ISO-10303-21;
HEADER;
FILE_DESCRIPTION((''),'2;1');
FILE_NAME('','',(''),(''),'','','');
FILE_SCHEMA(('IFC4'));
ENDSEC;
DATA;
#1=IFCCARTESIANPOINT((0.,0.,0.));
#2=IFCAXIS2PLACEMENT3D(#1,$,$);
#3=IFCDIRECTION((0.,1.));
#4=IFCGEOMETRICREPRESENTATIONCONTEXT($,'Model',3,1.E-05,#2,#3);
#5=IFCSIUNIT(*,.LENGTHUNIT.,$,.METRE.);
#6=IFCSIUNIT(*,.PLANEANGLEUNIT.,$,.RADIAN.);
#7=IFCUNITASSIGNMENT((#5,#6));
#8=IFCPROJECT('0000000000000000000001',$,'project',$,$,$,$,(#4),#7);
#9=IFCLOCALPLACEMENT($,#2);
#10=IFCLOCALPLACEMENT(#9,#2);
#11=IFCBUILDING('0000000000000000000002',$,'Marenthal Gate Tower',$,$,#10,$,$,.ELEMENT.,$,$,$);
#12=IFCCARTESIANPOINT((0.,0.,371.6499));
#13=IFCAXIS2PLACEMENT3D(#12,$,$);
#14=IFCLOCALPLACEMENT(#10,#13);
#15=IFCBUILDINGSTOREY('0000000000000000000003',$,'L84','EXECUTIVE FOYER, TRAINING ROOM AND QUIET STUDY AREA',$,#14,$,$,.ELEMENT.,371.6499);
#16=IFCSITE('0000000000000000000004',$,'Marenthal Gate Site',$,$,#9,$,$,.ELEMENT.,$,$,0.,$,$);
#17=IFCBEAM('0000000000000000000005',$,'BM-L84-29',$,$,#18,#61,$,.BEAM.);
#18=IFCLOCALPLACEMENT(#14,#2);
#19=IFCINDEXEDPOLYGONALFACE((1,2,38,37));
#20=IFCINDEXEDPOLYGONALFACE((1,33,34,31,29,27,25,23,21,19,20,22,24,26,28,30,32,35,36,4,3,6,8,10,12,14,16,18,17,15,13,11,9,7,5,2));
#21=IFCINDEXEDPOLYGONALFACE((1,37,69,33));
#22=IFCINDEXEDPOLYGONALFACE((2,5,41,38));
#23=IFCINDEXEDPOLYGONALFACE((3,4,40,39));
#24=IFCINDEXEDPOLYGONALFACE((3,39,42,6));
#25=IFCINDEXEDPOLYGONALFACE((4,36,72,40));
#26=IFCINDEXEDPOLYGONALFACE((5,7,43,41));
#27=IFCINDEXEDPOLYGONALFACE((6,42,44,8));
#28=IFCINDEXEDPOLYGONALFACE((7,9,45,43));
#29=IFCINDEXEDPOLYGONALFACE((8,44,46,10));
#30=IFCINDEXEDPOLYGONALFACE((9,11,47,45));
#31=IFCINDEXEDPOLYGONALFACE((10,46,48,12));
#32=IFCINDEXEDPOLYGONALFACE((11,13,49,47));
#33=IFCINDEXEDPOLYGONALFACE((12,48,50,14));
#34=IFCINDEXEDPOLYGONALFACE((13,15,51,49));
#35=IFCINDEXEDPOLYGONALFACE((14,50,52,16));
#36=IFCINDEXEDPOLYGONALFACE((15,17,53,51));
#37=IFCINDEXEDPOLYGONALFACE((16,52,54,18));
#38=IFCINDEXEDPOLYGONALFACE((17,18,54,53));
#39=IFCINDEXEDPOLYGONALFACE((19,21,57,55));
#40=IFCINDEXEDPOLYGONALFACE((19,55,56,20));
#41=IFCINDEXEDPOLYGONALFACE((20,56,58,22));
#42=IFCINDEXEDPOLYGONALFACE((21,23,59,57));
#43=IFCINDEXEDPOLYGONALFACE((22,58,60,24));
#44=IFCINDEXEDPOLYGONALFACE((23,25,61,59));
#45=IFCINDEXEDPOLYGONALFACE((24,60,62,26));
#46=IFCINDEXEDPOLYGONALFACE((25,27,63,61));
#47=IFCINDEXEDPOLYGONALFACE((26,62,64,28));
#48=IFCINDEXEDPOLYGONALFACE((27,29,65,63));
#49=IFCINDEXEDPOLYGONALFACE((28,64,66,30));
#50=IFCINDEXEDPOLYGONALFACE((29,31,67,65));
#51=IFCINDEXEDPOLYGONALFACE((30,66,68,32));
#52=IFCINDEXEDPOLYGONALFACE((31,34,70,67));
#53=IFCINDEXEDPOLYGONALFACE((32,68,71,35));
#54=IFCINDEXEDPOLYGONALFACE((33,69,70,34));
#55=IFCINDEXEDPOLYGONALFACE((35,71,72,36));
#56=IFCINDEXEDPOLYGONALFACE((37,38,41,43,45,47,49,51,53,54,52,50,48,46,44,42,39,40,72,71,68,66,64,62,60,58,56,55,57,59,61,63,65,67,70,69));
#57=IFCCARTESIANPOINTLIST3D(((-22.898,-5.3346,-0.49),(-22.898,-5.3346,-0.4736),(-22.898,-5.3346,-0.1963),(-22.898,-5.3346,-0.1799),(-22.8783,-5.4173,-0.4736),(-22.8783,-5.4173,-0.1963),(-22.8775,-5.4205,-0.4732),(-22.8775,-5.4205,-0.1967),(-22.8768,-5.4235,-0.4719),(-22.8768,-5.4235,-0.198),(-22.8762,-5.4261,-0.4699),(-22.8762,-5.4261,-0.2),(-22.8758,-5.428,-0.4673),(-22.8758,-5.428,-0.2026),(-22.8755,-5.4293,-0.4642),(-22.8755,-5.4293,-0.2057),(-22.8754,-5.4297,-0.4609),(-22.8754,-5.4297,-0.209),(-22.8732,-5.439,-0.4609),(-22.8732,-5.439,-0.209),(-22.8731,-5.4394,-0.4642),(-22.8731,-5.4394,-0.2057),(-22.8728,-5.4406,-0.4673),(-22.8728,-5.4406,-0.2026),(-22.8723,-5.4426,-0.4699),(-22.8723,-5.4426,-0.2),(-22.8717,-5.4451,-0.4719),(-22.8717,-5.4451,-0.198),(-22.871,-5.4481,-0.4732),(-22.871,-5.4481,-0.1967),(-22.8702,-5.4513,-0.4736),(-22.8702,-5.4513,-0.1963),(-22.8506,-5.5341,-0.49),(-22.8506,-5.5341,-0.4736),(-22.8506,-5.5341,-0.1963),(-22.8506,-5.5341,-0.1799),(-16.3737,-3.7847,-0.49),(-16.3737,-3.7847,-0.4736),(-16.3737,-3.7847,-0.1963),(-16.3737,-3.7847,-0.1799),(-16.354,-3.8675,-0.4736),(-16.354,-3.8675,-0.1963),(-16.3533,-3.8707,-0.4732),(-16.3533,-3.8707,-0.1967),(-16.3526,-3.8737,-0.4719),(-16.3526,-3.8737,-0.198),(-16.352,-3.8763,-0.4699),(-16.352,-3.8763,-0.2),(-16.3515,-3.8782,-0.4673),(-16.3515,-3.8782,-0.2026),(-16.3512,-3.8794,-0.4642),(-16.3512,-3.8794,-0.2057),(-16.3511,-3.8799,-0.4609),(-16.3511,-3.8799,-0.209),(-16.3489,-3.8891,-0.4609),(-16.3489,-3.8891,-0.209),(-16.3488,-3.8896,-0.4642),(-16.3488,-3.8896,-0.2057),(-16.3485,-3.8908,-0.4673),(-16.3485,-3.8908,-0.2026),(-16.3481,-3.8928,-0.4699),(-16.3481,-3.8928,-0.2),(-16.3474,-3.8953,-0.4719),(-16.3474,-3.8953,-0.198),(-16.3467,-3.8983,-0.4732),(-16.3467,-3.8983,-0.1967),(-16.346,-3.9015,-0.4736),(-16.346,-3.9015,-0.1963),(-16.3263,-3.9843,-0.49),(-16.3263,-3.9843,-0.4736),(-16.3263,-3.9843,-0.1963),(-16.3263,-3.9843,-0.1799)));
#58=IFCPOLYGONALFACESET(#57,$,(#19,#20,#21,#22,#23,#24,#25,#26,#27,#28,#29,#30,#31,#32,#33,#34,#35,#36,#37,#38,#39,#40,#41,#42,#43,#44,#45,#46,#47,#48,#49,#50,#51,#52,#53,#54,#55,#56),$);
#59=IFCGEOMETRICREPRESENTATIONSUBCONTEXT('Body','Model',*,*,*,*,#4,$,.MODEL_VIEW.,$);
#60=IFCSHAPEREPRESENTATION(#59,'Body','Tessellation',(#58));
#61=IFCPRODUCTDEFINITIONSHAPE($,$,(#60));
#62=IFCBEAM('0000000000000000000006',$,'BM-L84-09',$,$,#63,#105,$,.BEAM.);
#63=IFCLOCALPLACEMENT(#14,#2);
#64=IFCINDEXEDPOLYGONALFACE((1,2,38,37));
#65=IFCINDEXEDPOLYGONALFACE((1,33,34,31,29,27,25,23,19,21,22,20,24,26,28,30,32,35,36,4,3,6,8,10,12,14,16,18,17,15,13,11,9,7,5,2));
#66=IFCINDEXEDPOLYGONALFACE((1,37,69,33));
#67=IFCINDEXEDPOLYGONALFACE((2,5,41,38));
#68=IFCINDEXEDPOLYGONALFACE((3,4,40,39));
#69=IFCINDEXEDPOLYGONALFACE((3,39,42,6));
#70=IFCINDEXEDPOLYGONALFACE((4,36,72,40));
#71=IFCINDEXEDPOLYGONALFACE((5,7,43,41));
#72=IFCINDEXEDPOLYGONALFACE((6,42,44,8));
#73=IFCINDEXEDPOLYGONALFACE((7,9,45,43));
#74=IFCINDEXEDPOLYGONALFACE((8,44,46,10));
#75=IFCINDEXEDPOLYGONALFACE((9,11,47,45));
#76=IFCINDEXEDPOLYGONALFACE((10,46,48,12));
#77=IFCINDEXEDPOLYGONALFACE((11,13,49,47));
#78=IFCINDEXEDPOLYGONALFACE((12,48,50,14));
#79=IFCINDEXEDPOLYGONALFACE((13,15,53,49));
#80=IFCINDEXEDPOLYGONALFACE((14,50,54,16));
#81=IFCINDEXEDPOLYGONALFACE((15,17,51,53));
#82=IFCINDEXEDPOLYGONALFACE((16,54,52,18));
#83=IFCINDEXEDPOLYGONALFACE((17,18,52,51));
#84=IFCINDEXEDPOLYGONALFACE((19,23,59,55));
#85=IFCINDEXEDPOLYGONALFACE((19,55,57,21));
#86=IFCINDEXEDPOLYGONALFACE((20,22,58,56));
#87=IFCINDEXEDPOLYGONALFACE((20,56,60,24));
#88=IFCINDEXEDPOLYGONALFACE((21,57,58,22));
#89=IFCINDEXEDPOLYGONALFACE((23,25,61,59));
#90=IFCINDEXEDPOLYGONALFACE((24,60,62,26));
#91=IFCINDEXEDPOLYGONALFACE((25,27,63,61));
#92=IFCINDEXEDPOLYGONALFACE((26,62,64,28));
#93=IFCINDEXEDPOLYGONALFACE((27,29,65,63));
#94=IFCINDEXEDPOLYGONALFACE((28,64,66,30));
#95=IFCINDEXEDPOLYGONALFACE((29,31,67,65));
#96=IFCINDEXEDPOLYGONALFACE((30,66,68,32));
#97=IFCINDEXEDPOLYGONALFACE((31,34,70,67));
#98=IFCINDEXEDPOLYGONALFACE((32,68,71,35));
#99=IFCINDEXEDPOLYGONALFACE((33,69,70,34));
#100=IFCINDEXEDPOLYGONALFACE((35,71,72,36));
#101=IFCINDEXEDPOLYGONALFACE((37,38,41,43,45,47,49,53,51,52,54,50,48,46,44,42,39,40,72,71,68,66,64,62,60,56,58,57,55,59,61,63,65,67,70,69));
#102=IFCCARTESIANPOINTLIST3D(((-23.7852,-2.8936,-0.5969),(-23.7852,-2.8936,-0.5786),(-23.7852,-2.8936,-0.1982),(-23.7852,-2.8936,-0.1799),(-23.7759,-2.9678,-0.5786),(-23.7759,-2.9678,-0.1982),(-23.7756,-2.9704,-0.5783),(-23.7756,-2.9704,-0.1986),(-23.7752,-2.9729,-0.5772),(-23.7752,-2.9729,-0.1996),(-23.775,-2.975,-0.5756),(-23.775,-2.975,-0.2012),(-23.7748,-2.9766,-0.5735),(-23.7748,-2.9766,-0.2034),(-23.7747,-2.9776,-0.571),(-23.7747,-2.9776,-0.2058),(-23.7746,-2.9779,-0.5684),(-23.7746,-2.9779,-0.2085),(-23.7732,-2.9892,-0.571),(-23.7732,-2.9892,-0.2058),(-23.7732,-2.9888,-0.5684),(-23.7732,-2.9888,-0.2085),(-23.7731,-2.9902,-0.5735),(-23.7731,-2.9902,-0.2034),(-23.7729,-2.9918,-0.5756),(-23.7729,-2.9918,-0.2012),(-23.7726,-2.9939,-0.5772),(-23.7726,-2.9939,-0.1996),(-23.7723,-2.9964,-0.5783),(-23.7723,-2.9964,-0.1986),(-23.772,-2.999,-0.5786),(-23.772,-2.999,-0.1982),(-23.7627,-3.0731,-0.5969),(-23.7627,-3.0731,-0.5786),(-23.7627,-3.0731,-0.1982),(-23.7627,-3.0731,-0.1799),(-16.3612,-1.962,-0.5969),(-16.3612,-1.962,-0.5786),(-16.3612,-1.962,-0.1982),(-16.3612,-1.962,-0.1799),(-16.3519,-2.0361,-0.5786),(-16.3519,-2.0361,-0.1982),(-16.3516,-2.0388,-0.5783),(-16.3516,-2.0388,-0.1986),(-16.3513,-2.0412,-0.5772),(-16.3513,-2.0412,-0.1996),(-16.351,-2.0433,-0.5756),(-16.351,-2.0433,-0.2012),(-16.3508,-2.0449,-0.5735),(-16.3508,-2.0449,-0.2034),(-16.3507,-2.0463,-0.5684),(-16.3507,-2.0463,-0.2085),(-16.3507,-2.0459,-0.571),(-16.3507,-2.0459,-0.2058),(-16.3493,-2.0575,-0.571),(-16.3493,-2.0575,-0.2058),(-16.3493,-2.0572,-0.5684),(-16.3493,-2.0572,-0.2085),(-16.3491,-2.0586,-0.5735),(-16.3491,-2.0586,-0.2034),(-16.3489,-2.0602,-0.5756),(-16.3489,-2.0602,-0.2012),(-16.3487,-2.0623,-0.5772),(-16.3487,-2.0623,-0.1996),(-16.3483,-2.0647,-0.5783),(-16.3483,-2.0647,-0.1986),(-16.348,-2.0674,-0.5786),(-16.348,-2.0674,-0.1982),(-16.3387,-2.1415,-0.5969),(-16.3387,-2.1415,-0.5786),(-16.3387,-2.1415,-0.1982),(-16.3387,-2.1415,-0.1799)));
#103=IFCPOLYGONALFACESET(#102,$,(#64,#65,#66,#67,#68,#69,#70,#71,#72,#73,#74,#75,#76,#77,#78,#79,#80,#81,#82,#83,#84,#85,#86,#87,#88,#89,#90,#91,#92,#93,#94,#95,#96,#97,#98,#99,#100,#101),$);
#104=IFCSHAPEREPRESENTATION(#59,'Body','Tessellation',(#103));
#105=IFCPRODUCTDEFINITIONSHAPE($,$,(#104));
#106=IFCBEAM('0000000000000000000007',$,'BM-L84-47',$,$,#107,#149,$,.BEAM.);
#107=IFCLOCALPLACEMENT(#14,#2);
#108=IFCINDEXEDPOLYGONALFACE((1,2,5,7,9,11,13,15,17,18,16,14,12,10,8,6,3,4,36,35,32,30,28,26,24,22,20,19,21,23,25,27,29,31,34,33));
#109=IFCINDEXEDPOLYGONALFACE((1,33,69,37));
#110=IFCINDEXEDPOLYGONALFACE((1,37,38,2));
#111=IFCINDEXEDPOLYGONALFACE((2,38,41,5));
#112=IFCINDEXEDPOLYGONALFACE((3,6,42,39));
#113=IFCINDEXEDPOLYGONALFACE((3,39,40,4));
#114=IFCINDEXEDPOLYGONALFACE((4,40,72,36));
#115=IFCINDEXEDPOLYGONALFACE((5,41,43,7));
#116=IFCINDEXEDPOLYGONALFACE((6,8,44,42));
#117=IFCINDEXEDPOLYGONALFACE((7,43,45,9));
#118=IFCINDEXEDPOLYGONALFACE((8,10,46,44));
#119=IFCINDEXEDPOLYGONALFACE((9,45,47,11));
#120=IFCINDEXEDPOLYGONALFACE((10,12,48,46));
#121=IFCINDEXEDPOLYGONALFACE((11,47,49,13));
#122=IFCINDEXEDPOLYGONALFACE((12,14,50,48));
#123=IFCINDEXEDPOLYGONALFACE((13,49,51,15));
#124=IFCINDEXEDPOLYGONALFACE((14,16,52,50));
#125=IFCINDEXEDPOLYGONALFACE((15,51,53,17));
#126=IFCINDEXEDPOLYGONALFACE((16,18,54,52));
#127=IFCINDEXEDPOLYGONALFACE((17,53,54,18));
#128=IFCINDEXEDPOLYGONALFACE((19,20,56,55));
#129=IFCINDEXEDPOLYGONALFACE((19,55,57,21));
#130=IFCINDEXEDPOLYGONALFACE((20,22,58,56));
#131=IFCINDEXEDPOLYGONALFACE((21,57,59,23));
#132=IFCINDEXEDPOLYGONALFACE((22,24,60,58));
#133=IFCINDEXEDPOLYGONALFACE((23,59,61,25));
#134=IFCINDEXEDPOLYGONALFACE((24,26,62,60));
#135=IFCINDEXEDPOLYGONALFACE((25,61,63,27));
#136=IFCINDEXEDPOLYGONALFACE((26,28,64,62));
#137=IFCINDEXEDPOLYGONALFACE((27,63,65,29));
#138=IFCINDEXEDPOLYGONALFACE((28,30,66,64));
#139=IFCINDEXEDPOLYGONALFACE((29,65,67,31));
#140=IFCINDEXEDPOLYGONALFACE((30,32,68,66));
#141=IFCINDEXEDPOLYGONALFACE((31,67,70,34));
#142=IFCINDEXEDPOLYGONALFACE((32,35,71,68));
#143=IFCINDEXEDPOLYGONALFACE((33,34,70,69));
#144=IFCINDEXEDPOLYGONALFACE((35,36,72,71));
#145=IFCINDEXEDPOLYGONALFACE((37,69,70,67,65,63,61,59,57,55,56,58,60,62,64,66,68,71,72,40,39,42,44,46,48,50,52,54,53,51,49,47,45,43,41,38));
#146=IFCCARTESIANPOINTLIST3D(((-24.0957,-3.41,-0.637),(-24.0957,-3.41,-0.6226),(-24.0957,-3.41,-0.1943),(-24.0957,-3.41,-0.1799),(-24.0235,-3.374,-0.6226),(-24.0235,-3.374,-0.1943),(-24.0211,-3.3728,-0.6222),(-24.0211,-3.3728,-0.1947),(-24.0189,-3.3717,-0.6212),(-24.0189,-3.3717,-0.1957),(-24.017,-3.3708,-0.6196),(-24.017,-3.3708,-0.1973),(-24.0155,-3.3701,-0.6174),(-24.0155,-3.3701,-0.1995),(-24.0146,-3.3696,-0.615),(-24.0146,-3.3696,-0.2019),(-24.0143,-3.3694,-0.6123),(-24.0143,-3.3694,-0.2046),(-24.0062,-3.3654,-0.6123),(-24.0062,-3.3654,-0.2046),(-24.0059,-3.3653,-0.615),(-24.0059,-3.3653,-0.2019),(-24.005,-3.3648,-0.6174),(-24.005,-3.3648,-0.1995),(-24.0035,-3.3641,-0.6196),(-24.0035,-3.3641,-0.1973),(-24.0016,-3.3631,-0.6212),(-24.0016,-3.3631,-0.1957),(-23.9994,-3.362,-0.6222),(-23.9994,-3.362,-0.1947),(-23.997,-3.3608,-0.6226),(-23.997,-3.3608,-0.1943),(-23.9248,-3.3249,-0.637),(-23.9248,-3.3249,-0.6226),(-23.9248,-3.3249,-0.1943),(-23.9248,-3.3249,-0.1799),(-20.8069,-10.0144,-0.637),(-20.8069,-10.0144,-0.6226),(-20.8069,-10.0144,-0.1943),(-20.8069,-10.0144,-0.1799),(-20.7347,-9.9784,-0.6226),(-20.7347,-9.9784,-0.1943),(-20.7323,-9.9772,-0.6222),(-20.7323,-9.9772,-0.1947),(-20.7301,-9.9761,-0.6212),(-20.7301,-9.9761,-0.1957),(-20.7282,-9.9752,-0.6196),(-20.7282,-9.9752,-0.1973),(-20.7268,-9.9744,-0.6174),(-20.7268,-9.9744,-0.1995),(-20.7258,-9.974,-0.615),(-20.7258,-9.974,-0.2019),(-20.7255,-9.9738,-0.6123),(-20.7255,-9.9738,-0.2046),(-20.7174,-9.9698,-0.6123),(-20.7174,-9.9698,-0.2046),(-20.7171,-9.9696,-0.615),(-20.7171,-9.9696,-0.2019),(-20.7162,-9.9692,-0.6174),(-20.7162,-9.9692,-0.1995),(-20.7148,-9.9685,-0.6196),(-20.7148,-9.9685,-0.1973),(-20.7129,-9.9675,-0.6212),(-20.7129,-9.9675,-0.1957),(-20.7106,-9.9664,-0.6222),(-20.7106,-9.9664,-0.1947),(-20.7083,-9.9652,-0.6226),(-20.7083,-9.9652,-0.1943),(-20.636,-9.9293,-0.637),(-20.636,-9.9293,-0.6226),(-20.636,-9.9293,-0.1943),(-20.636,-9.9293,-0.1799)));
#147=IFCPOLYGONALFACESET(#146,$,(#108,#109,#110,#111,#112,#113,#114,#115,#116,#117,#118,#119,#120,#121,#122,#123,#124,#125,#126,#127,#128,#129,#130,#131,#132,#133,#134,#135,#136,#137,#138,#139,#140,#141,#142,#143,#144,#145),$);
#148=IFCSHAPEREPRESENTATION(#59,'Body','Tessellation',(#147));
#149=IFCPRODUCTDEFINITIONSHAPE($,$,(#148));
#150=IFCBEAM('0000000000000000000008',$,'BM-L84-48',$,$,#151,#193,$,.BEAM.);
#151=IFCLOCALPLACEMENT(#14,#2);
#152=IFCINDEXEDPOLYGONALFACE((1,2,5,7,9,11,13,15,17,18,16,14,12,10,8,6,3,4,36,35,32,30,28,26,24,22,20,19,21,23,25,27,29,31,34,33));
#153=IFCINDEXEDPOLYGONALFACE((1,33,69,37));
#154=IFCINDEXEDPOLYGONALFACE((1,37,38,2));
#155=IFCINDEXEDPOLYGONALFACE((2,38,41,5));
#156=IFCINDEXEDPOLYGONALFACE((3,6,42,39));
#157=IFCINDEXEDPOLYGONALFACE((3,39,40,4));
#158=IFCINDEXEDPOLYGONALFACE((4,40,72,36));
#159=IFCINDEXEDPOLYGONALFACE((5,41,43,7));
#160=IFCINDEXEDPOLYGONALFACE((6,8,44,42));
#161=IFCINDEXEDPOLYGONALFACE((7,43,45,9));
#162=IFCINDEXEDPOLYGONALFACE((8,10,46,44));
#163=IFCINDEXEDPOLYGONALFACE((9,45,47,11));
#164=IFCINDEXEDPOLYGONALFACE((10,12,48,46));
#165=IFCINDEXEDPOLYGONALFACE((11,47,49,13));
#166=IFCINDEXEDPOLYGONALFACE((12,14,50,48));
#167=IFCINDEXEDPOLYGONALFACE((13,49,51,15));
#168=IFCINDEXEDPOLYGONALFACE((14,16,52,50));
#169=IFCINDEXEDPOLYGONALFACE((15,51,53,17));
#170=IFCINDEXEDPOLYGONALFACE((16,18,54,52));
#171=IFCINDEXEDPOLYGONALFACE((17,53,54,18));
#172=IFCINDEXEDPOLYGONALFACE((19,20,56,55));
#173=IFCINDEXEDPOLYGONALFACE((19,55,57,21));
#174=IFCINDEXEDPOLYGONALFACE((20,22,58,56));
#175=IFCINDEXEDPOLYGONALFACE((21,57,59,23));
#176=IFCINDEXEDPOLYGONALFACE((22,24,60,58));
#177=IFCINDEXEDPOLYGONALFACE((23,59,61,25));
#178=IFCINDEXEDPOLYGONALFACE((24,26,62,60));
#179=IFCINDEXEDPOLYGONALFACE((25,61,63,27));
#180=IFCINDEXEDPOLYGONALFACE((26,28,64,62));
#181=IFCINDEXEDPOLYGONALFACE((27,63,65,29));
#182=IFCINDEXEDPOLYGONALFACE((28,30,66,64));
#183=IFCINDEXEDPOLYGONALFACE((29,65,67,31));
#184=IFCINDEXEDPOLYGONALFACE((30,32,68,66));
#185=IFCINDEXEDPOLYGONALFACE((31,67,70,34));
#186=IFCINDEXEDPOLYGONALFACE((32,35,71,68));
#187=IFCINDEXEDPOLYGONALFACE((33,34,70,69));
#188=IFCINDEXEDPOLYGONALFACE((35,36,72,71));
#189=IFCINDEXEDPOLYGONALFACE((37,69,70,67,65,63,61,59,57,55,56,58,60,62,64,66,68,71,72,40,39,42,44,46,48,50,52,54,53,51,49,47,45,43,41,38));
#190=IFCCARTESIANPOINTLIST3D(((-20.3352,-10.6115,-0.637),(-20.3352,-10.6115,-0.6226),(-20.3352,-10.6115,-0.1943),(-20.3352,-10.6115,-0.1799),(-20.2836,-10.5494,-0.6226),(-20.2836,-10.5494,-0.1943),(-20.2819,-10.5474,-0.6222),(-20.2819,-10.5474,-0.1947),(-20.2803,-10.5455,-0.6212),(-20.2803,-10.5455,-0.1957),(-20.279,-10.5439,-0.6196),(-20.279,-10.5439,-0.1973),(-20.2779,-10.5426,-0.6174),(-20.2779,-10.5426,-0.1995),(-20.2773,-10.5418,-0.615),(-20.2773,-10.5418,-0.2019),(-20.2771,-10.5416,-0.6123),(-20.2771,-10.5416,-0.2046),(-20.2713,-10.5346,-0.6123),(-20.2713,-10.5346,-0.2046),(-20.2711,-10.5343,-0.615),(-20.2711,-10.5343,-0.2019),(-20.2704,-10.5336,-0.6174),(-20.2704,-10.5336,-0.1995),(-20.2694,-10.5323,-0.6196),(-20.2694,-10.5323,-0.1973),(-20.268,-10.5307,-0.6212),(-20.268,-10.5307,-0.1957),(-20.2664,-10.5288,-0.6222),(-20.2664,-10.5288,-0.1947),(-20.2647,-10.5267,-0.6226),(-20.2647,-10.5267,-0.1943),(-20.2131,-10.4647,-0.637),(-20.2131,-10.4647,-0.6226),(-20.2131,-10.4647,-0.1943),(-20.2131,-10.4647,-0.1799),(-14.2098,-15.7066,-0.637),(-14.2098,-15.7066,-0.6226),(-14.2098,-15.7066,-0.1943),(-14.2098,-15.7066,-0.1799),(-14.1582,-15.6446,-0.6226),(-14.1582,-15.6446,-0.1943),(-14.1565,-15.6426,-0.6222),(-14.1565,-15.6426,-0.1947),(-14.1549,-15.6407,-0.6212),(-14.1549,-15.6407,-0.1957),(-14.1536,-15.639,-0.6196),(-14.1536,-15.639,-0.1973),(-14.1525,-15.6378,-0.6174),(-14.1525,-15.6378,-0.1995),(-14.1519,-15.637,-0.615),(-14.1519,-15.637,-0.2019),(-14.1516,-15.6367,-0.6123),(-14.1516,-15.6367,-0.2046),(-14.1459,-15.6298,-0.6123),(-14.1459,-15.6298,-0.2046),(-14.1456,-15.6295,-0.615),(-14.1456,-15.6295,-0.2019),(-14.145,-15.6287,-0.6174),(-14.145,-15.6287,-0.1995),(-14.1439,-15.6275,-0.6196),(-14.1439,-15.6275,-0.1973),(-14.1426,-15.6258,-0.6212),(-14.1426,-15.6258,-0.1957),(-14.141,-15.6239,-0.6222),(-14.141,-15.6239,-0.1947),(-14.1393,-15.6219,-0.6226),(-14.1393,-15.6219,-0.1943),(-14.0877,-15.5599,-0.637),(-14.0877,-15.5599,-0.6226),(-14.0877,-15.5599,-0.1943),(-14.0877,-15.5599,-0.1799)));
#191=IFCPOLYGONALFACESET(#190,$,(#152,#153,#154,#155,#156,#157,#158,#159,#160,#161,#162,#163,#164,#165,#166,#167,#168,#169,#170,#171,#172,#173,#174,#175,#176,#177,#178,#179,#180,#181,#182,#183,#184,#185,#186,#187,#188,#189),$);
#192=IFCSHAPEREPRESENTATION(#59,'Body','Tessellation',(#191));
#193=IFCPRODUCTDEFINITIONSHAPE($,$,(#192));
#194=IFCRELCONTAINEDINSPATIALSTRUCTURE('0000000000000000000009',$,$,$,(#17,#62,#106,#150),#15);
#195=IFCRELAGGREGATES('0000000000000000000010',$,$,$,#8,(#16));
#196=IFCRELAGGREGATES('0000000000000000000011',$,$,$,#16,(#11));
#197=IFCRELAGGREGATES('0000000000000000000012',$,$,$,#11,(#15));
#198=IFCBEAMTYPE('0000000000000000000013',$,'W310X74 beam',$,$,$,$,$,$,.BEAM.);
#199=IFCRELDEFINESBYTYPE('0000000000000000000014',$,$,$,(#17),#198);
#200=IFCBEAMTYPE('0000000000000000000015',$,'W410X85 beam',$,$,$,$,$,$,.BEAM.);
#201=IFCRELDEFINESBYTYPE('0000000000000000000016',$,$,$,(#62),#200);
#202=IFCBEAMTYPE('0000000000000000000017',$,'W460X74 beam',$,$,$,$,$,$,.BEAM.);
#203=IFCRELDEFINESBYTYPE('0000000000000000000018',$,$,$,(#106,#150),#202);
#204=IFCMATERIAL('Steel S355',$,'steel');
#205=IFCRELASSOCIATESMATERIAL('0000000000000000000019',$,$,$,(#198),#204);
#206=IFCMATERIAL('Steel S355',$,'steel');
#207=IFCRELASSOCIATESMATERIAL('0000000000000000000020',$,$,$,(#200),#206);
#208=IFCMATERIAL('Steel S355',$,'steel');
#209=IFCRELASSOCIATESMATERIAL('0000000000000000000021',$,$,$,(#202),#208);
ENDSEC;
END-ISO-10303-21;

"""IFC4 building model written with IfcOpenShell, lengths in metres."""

from ifc_helpers import new_model, si_unit, direction, frame, origin, origin_2d, place, context, subcontext, project, spatial, i_section, extrude, material, material_profile, profile_set, type_object, element, save


model = new_model("IFC4")

# Units and contexts
model_context = context("Model", 3, precision=1e-05, world=origin(), true_north=direction((0.0, 1.0)))
body_context = subcontext(model_context, "Body", "Model", "MODEL_VIEW")
ifc_project = project(units=[si_unit("LENGTHUNIT", "METRE"), si_unit("PLANEANGLEUNIT", "RADIAN")], contexts=[model_context])

# Site, building, storey
site_placement = place(None, origin())
site = spatial("IfcSite", under=ifc_project, at=site_placement, Name="Marenthal Gate Site", CompositionType="ELEMENT", RefElevation=0.0)
building_placement = place(site_placement, origin())
building = spatial("IfcBuilding", under=site, at=building_placement, Name="Marenthal Gate Tower", CompositionType="ELEMENT")
storey_placement = place(building_placement, frame((0.0, 0.0, 371.6499)))
storey = spatial("IfcBuildingStorey", under=building, at=storey_placement, Name="L84", Description="EXECUTIVE FOYER, TRAINING ROOM AND QUIET STUDY AREA", CompositionType="ELEMENT", Elevation=371.6499)

# Beams
ifc_material_1 = material(Name="Steel S355", Category="steel")
ifc_material_profile_1 = material_profile(ifc_material_1, i_section(OverallWidth=0.2051, OverallDepth=0.3101, WebThickness=0.0095, FlangeThickness=0.0164, FilletRadius=0.0127, at=origin_2d()), Name="W310X74")
ifc_profile_set_1 = profile_set([ifc_material_profile_1], Name="Steel S355")
beam_type_1 = type_object("IfcBeamType", Name="W310X74 beam", PredefinedType="BEAM", material=ifc_profile_set_1)
beam_1_placement = place(storey_placement, frame((-22.8743, -5.4343, -0.335), z_axis=(0.972926, 0.231117, 0.0), x_axis=(-0.231117, 0.972926, 0.0)))
element("IfcBeam", 1, at=beam_1_placement, inside=storey, type_object=beam_type_1, Name="BM-L84-29", PredefinedType="BEAM", context=body_context, shape_type="SweptSolid", body=[
    extrude(i_section(OverallWidth=0.2051, OverallDepth=0.3101, WebThickness=0.0095, FlangeThickness=0.0164, FilletRadius=0.0127, at=origin_2d()), origin(), (0.0, 0.0, 1.0), 6.7058),
])
ifc_material_2 = material(Name="Steel S355", Category="steel")
ifc_material_profile_2 = material_profile(ifc_material_2, i_section(OverallWidth=0.1809, OverallDepth=0.417, WebThickness=0.011, FlangeThickness=0.0183, FilletRadius=0.0103, at=origin_2d()), Name="W410X85")
ifc_profile_set_2 = profile_set([ifc_material_profile_2], Name="Steel S355")
beam_type_2 = type_object("IfcBeamType", Name="W410X85 beam", PredefinedType="BEAM", material=ifc_profile_set_2)
beam_2_placement = place(storey_placement, frame((-23.7739, -2.9834, -0.3884), z_axis=(0.992218, 0.124517, 0.0), x_axis=(-0.124517, 0.992218, 0.0)))
element("IfcBeam", 2, at=beam_2_placement, inside=storey, type_object=beam_type_2, Name="BM-L84-09", PredefinedType="BEAM", context=body_context, shape_type="SweptSolid", body=[
    extrude(i_section(OverallWidth=0.1809, OverallDepth=0.417, WebThickness=0.011, FlangeThickness=0.0183, FilletRadius=0.0103, at=origin_2d()), origin(), (0.0, 0.0, 1.0), 7.4822),
])
ifc_material_3 = material(Name="Steel S355", Category="steel")
ifc_material_profile_3 = material_profile(ifc_material_3, i_section(OverallWidth=0.1909, OverallDepth=0.457, WebThickness=0.009, FlangeThickness=0.0144, FilletRadius=0.0103, at=origin_2d()), Name="W460X74")
ifc_profile_set_3 = profile_set([ifc_material_profile_3], Name="Steel S355")
beam_type_3 = type_object("IfcBeamType", Name="W460X74 beam", PredefinedType="BEAM", material=ifc_profile_set_3)
beam_3_placement = place(storey_placement, frame((-24.0103, -3.3674, -0.4084), z_axis=(0.445757, -0.895154, 0.0), x_axis=(0.895154, 0.445757, 0.0)))
element("IfcBeam", 3, at=beam_3_placement, inside=storey, type_object=beam_type_3, Name="BM-L84-47", PredefinedType="BEAM", context=body_context, shape_type="SweptSolid", body=[
    extrude(i_section(OverallWidth=0.1909, OverallDepth=0.457, WebThickness=0.009, FlangeThickness=0.0144, FilletRadius=0.0103, at=origin_2d()), origin(), (0.0, 0.0, 1.0), 7.3779),
])
beam_4_placement = place(storey_placement, frame((-20.2742, -10.5381, -0.4084), z_axis=(0.768799, -0.639491, 0.0), x_axis=(0.639491, 0.768799, 0.0)))
element("IfcBeam", 4, at=beam_4_placement, inside=storey, type_object=beam_type_3, Name="BM-L84-48", PredefinedType="BEAM", context=body_context, shape_type="SweptSolid", body=[
    extrude(i_section(OverallWidth=0.1909, OverallDepth=0.457, WebThickness=0.009, FlangeThickness=0.0144, FilletRadius=0.0103, at=origin_2d()), origin(), (0.0, 0.0, 1.0), 7.9675),
])

save(model, "model.ifc")
